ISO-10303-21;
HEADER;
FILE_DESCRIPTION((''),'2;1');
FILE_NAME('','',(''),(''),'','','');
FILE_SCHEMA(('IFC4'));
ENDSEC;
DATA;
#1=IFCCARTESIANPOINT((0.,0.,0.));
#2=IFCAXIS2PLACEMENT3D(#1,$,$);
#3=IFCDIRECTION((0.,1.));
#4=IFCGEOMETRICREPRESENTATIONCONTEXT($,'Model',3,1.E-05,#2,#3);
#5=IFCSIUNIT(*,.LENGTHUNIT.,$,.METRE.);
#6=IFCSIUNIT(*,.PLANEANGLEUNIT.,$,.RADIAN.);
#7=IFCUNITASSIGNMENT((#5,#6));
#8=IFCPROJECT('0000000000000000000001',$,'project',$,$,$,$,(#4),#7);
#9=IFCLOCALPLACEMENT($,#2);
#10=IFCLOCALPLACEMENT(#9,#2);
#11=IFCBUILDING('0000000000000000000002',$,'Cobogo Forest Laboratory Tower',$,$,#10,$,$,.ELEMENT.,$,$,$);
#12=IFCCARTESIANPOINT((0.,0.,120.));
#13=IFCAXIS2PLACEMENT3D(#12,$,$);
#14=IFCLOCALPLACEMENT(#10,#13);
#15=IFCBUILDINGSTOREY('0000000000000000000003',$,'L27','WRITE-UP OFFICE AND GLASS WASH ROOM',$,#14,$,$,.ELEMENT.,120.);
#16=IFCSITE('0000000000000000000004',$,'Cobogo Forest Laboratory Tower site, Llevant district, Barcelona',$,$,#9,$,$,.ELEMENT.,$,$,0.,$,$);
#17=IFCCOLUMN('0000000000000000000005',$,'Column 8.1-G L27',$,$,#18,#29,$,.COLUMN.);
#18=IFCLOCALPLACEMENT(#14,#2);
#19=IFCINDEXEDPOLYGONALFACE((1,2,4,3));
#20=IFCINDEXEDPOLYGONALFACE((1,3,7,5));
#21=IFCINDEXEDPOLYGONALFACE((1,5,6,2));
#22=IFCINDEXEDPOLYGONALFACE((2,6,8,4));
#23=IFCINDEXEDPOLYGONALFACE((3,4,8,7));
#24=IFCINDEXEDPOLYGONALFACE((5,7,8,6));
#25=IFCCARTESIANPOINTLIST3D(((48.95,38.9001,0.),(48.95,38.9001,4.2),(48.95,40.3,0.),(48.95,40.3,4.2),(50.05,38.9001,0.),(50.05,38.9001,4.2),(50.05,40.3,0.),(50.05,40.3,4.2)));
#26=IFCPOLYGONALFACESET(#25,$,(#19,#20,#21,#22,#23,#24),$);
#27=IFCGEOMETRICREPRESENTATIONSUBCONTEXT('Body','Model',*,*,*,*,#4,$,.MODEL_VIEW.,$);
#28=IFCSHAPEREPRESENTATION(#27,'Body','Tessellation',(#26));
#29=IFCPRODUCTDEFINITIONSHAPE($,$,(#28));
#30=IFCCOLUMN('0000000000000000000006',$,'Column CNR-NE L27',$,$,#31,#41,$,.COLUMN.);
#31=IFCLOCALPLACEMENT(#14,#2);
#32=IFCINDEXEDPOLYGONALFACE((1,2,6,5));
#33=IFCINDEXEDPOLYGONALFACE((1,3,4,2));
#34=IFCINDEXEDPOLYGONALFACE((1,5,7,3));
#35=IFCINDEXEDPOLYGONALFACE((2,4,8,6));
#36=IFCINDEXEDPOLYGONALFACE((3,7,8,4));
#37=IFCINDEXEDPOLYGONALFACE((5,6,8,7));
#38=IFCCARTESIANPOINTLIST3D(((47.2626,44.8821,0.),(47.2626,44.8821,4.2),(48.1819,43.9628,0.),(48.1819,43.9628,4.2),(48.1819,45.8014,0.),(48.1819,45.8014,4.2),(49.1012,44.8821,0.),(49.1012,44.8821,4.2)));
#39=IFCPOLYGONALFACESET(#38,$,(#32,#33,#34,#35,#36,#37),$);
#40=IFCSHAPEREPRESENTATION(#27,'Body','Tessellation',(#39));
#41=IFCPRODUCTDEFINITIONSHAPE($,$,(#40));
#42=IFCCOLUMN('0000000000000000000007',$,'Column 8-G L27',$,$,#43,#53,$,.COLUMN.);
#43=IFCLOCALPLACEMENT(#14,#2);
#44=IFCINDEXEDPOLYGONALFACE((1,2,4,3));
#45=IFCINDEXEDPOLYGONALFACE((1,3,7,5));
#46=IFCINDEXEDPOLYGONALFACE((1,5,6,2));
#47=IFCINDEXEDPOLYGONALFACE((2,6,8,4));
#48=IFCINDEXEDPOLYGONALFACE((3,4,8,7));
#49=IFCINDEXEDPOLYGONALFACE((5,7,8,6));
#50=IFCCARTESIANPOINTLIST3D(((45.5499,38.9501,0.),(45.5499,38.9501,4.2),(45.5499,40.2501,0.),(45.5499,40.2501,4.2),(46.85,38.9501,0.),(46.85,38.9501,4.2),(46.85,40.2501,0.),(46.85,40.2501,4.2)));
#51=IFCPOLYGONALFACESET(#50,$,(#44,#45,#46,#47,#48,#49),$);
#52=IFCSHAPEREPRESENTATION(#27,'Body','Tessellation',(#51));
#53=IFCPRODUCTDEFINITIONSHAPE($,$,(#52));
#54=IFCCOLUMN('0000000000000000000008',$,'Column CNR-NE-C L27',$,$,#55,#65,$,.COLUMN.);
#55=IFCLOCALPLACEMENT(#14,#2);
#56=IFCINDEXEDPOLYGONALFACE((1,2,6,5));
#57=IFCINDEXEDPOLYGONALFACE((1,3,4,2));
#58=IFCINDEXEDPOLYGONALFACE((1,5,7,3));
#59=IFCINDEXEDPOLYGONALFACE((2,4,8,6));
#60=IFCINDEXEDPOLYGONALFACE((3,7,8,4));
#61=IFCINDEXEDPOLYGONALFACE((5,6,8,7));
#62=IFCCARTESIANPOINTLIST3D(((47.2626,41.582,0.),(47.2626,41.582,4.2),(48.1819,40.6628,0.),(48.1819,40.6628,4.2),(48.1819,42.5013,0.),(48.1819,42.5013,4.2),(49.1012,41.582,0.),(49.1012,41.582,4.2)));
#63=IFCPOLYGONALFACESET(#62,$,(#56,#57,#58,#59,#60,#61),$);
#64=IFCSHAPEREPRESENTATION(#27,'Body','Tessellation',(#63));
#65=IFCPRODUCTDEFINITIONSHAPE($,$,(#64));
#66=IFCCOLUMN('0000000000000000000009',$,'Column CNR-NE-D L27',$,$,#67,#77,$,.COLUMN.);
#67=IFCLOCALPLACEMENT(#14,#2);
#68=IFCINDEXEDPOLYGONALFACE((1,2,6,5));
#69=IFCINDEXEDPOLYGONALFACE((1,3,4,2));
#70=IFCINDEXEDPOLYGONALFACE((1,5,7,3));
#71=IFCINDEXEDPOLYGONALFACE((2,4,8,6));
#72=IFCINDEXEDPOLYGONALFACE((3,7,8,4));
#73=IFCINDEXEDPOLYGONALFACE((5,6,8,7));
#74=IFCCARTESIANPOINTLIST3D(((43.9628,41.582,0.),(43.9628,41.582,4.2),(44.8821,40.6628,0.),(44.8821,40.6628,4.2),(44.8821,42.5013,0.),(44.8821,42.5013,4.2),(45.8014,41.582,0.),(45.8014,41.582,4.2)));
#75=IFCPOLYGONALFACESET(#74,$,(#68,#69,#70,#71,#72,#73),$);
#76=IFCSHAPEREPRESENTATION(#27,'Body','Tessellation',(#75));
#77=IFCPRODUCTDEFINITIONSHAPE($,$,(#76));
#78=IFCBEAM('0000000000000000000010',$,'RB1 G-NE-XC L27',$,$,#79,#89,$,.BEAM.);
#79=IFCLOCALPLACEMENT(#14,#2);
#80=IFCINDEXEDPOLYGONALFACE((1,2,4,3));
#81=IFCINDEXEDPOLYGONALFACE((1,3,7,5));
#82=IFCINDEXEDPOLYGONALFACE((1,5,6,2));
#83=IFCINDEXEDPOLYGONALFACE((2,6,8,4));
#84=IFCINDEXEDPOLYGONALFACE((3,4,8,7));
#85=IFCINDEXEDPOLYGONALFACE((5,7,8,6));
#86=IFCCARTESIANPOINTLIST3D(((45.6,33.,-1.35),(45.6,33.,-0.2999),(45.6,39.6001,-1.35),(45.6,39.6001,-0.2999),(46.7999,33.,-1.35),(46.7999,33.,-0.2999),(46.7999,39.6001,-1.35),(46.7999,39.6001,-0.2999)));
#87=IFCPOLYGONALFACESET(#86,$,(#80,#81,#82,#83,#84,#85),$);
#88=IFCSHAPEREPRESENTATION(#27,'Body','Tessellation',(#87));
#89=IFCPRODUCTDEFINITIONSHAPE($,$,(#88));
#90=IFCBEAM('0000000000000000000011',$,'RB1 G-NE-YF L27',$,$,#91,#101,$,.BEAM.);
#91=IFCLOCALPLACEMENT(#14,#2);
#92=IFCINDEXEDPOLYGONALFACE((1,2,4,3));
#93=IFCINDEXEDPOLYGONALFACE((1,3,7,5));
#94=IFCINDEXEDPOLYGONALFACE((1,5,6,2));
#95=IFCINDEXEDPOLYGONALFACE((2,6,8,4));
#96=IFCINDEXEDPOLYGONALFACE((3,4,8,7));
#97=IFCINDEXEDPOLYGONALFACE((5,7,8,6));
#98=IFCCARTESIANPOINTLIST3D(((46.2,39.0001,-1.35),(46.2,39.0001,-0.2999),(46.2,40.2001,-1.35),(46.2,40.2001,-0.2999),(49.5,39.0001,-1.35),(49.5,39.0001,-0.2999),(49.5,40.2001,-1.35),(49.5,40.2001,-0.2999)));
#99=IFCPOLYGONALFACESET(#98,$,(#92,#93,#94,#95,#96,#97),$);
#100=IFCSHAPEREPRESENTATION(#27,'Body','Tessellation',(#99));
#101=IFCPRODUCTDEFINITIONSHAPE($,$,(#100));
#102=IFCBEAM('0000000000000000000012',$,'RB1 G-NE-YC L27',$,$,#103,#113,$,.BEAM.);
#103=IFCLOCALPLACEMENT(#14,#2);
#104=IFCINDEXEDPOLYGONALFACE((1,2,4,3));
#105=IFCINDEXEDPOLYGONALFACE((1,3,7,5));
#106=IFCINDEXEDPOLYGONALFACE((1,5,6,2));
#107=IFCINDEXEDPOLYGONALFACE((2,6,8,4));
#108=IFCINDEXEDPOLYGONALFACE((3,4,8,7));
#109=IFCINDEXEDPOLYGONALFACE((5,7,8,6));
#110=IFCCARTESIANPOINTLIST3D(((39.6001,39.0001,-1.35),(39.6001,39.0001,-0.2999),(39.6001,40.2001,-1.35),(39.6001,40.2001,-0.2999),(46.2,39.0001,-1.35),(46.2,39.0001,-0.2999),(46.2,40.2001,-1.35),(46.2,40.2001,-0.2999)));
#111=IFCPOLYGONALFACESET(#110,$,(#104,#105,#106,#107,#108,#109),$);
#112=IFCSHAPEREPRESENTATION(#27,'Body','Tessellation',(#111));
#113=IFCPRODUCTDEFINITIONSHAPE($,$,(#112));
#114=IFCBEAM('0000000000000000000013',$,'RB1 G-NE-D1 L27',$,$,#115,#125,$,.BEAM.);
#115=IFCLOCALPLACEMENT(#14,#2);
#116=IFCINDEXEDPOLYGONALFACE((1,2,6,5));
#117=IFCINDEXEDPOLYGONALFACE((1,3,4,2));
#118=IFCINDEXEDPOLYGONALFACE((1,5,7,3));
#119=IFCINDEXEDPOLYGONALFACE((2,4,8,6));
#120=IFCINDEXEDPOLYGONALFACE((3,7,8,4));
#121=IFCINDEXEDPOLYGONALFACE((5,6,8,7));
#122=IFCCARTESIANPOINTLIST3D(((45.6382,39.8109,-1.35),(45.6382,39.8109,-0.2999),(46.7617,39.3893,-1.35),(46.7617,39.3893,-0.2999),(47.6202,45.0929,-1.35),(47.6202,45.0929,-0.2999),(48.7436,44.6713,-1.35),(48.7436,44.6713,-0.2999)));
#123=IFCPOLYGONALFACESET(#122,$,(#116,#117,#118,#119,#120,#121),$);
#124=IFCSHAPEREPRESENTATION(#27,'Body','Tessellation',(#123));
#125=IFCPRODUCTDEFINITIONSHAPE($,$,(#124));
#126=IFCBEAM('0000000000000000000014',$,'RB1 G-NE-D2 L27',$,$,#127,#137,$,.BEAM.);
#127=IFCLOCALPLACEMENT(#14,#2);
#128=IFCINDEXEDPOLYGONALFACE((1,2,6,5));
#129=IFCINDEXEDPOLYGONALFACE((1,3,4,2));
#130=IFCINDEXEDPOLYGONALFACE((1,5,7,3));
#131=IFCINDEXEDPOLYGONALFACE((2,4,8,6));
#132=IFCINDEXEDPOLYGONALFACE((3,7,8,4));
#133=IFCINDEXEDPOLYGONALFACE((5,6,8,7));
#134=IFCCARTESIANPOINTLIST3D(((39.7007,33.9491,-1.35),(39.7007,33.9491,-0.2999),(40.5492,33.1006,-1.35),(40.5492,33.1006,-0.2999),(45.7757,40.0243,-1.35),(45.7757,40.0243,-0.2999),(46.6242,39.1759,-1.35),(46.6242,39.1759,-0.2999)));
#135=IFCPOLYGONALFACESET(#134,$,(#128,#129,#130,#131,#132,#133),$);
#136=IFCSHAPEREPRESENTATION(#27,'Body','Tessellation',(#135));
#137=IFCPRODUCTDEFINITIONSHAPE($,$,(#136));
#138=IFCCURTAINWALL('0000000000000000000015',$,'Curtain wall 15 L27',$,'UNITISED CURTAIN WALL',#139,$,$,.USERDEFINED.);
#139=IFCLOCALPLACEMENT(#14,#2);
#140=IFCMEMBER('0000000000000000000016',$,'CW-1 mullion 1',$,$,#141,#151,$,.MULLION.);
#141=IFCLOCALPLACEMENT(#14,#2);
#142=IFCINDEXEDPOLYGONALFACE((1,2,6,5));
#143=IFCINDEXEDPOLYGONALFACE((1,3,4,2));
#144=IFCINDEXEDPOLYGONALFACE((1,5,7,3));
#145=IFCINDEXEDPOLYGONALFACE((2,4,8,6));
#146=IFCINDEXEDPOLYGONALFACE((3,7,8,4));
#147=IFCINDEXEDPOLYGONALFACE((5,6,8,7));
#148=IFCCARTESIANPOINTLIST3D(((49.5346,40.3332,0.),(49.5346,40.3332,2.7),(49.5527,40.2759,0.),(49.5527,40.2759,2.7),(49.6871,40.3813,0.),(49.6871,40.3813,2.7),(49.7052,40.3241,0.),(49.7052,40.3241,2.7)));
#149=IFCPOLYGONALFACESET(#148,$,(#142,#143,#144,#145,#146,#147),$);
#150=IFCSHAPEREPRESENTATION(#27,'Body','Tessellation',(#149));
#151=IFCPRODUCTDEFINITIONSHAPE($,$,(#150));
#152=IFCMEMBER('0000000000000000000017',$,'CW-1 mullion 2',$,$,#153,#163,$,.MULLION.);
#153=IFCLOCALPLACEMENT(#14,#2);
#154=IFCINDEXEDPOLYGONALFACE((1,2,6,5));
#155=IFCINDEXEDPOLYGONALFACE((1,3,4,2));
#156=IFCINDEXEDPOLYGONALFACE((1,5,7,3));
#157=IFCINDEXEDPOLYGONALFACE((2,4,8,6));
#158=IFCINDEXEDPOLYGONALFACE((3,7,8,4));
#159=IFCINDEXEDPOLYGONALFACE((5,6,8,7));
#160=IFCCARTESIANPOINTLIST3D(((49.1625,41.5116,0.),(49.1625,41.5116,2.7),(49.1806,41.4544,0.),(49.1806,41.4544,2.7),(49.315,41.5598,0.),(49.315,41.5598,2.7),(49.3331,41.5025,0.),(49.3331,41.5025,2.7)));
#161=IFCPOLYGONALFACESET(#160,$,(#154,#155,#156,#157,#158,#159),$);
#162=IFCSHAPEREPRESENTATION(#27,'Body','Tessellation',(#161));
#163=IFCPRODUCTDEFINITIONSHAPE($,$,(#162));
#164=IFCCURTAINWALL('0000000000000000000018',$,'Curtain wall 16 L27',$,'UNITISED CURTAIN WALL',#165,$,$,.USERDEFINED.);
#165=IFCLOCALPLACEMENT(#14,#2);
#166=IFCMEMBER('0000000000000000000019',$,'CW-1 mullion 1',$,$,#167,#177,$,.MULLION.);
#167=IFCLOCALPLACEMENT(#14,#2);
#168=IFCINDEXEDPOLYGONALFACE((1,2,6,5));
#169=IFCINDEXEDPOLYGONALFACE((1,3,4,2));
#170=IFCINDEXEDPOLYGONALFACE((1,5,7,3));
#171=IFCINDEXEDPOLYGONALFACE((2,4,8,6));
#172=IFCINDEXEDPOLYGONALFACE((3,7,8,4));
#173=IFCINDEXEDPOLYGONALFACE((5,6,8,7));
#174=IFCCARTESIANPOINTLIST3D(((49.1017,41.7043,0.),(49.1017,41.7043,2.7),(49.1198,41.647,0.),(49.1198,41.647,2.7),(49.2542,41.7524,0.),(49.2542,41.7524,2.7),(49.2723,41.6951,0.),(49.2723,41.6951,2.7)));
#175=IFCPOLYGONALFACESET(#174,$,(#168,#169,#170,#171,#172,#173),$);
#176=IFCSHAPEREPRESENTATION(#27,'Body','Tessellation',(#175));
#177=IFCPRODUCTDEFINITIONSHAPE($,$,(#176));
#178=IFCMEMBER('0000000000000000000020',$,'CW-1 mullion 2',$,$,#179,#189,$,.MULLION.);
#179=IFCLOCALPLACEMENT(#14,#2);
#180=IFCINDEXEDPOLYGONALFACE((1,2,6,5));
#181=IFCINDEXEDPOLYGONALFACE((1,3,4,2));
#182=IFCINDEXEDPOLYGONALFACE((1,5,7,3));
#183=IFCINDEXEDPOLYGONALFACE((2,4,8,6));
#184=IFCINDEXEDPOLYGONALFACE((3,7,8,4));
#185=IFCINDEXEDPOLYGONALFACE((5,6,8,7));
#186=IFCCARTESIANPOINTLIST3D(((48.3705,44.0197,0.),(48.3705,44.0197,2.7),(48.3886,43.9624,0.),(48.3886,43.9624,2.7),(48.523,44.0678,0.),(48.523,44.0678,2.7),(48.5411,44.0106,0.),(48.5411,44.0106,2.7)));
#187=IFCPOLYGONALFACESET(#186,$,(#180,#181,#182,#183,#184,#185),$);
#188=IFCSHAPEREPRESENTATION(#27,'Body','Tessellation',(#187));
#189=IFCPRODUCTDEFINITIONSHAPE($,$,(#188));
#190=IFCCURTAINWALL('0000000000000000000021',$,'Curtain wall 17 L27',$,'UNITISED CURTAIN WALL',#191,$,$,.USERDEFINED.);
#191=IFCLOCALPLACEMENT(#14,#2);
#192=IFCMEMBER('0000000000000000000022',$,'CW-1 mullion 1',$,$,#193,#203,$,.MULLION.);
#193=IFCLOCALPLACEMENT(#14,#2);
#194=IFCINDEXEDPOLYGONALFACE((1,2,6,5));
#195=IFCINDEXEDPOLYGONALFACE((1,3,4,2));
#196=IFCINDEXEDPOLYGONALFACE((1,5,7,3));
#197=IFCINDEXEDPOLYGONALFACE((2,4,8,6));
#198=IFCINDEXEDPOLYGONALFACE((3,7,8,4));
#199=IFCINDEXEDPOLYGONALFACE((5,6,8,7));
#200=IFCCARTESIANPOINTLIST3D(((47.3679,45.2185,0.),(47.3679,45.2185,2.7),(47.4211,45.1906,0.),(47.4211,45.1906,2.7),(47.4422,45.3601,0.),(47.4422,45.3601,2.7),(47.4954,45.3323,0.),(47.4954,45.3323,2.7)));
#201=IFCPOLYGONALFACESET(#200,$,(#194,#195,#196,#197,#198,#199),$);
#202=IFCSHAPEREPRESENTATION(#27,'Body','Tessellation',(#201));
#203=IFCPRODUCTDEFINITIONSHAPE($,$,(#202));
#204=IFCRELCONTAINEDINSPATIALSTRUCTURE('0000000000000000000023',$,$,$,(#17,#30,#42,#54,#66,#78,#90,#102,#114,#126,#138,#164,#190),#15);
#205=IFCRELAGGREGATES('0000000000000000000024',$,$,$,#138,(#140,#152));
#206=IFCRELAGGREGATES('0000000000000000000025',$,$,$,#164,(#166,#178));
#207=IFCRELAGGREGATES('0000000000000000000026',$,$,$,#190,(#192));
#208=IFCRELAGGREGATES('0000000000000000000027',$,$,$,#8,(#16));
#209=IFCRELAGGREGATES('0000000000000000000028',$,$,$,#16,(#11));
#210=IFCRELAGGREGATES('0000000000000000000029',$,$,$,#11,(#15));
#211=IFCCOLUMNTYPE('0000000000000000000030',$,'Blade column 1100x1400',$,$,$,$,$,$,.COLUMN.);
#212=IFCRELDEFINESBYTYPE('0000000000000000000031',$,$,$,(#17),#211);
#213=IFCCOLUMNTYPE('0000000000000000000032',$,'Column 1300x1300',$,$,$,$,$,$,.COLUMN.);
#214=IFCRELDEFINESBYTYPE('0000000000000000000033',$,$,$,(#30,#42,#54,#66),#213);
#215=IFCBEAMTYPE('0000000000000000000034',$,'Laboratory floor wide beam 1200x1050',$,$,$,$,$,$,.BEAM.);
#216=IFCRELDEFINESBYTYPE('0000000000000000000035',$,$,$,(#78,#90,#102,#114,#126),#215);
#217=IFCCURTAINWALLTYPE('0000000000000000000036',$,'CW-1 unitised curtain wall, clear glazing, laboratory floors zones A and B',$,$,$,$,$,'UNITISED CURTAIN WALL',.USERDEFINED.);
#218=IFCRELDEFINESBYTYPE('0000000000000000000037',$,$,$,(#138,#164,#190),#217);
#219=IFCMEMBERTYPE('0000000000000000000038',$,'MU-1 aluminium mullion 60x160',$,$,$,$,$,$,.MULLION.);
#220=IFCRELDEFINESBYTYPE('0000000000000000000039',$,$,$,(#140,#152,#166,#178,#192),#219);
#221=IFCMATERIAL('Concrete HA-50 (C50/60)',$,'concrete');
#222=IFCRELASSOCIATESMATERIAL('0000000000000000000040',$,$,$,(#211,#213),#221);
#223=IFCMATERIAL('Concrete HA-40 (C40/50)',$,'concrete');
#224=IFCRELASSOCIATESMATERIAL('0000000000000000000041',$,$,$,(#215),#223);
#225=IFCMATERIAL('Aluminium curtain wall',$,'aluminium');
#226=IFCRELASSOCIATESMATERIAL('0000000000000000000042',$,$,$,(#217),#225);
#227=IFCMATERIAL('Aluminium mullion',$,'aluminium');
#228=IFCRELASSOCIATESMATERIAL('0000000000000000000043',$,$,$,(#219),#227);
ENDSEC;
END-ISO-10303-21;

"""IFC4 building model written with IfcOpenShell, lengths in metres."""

from ifc_helpers import new_model, si_unit, direction, frame, origin, origin_2d, place, context, subcontext, project, spatial, rectangle, extrude, material, material_profile, profile_set, type_object, element, aggregate, save


model = new_model("IFC4")

# Units and contexts
model_context = context("Model", 3, precision=1e-05, world=origin(), true_north=direction((0.0, 1.0)))
body_context = subcontext(model_context, "Body", "Model", "MODEL_VIEW")
ifc_project = project(units=[si_unit("LENGTHUNIT", "METRE"), si_unit("PLANEANGLEUNIT", "RADIAN")], contexts=[model_context])

# Site, building, storey
site_placement = place(None, origin())
site = spatial("IfcSite", under=ifc_project, at=site_placement, Name="Cobogo Forest Laboratory Tower site, Llevant district, Barcelona", CompositionType="ELEMENT", RefElevation=0.0)
building_placement = place(site_placement, origin())
building = spatial("IfcBuilding", under=site, at=building_placement, Name="Cobogo Forest Laboratory Tower", CompositionType="ELEMENT")
storey_placement = place(building_placement, frame((0.0, 0.0, 120.0)))
storey = spatial("IfcBuildingStorey", under=building, at=storey_placement, Name="L27", Description="WRITE-UP OFFICE AND GLASS WASH ROOM", CompositionType="ELEMENT", Elevation=120.0)

# Columns
ifc_material_1 = material(Name="Concrete HA-50 (C50/60)", Category="concrete")
ifc_material_profile_1 = material_profile(ifc_material_1, rectangle(XDim=1.3999, YDim=1.1001, at=origin_2d()), Name="RC 1100x1400")
ifc_profile_set_1 = profile_set([ifc_material_profile_1], Name="Concrete HA-50 (C50/60)")
column_type_1 = type_object("IfcColumnType", Name="Blade column 1100x1400", PredefinedType="COLUMN", material=ifc_profile_set_1)
column_placement = place(storey_placement, frame((49.5, 39.6001, 0.0), z_axis=(0.0, 0.0, 1.0), x_axis=(0.0, 1.0, 0.0)))
element("IfcColumn", 1, at=column_placement, inside=storey, type_object=column_type_1, Name="Column 8.1-G L27", PredefinedType="COLUMN", context=body_context, shape_type="SweptSolid", body=[
    extrude(rectangle(XDim=1.3999, YDim=1.1001, at=origin_2d()), origin(), (0.0, 0.0, 1.0), 4.2),
])
ifc_material_profile_2 = material_profile(ifc_material_1, rectangle(XDim=1.3, YDim=1.3, at=origin_2d()), Name="RC 1300x1300")
ifc_profile_set_2 = profile_set([ifc_material_profile_2], Name="Concrete HA-50 (C50/60)")
column_type_2 = type_object("IfcColumnType", Name="Column 1300x1300", PredefinedType="COLUMN", material=ifc_profile_set_2)
for number, where, z_axis, x_axis, name in (
    (2, (48.1819, 44.8821, 0.0), (0.0, 0.0, 1.0), (0.707107, 0.707107, 0.0), "Column CNR-NE L27"),
    (3, (46.2, 39.6001, 0.0), (0.0, 0.0, 1.0), (1.0, 0.0, 0.0), "Column 8-G L27"),
    (4, (48.1819, 41.582, 0.0), (0.0, 0.0, 1.0), (0.707107, 0.707107, 0.0), "Column CNR-NE-C L27"),
    (5, (44.8821, 41.582, 0.0), (0.0, 0.0, 1.0), (0.707107, 0.707107, 0.0), "Column CNR-NE-D L27"),
):
    element("IfcColumn", number, at=place(storey_placement, frame(where, z_axis=z_axis, x_axis=x_axis)), inside=storey, type_object=column_type_2, Name=name, PredefinedType="COLUMN", context=body_context, shape_type="SweptSolid", body=[
        extrude(rectangle(XDim=1.3, YDim=1.3, at=origin_2d()), origin(), (0.0, 0.0, 1.0), 4.2),
    ])

# Beams
ifc_material_2 = material(Name="Concrete HA-40 (C40/50)", Category="concrete")
ifc_material_profile_3 = material_profile(ifc_material_2, rectangle(XDim=1.2, YDim=1.05, at=origin_2d()), Name="RC 1200x1050")
ifc_profile_set_3 = profile_set([ifc_material_profile_3], Name="Concrete HA-40 (C40/50)")
beam_type_1 = type_object("IfcBeamType", Name="Laboratory floor wide beam 1200x1050", PredefinedType="BEAM", material=ifc_profile_set_3)
beam_1_placement = place(storey_placement, frame((46.2, 39.6001, -0.825), z_axis=(0.0, -1.0, 0.0), x_axis=(1.0, 0.0, 0.0)))
element("IfcBeam", 6, at=beam_1_placement, inside=storey, type_object=beam_type_1, Name="RB1 G-NE-XC L27", PredefinedType="BEAM", context=body_context, shape_type="SweptSolid", body=[
    extrude(rectangle(XDim=1.2, YDim=1.05, at=origin_2d()), origin(), (0.0, 0.0, 1.0), 6.6001),
])
beam_2_placement = place(storey_placement, frame((49.5, 39.6001, -0.825), z_axis=(-1.0, 0.0, 0.0), x_axis=(0.0, -1.0, 0.0)))
element("IfcBeam", 7, at=beam_2_placement, inside=storey, type_object=beam_type_1, Name="RB1 G-NE-YF L27", PredefinedType="BEAM", context=body_context, shape_type="SweptSolid", body=[
    extrude(rectangle(XDim=1.2, YDim=1.05, at=origin_2d()), origin(), (0.0, 0.0, 1.0), 3.3),
])
beam_3_placement = place(storey_placement, frame((46.2, 39.6001, -0.825), z_axis=(-1.0, 0.0, 0.0), x_axis=(0.0, -1.0, 0.0)))
element("IfcBeam", 8, at=beam_3_placement, inside=storey, type_object=beam_type_1, Name="RB1 G-NE-YC L27", PredefinedType="BEAM", context=body_context, shape_type="SweptSolid", body=[
    extrude(rectangle(XDim=1.2, YDim=1.05, at=origin_2d()), origin(), (0.0, 0.0, 1.0), 6.5999),
])
beam_4_placement = place(storey_placement, frame((48.1819, 44.8821, -0.825), z_axis=(-0.351308, -0.93626, 0.0), x_axis=(0.93626, -0.351308, 0.0)))
element("IfcBeam", 9, at=beam_4_placement, inside=storey, type_object=beam_type_1, Name="RB1 G-NE-D1 L27", PredefinedType="BEAM", context=body_context, shape_type="SweptSolid", body=[
    extrude(rectangle(XDim=1.2, YDim=1.05, at=origin_2d()), origin(), (0.0, 0.0, 1.0), 5.6416),
])
beam_5_placement = place(storey_placement, frame((46.2, 39.6001, -0.825), z_axis=(-0.707093, -0.707121, 0.0), x_axis=(0.707121, -0.707093, 0.0)))
element("IfcBeam", 10, at=beam_5_placement, inside=storey, type_object=beam_type_1, Name="RB1 G-NE-D2 L27", PredefinedType="BEAM", context=body_context, shape_type="SweptSolid", body=[
    extrude(rectangle(XDim=1.2, YDim=1.05, at=origin_2d()), origin(), (0.0, 0.0, 1.0), 8.5916),
])

# Curtain walls, members
ifc_material_3 = material(Name="Aluminium curtain wall", Category="aluminium")
curtain_wall_type = type_object("IfcCurtainWallType", Name="CW-1 unitised curtain wall, clear glazing, laboratory floors zones A and B", ElementType="UNITISED CURTAIN WALL", PredefinedType="USERDEFINED", material=ifc_material_3)
curtain_wall_1_placement = place(storey_placement, origin())
curtain_wall_1 = element("IfcCurtainWall", 11, at=curtain_wall_1_placement, inside=storey, type_object=curtain_wall_type, Name="Curtain wall 15 L27", ObjectType="UNITISED CURTAIN WALL", PredefinedType="USERDEFINED")
ifc_material_4 = material(Name="Aluminium mullion", Category="aluminium")
ifc_material_profile_4 = material_profile(ifc_material_4, rectangle(XDim=0.0601, YDim=0.1599, at=origin_2d()), Name="AL 60x160")
ifc_profile_set_4 = profile_set([ifc_material_profile_4], Name="Aluminium mullion")
member_type_1 = type_object("IfcMemberType", Name="MU-1 aluminium mullion 60x160", PredefinedType="MULLION", material=ifc_profile_set_4)
member_1_placement = place(storey_placement, frame((49.6199, 40.3286, 0.0), z_axis=(0.0, 0.0, 1.0), x_axis=(-0.301135, 0.953581, 0.0)))
member_1 = element("IfcMember", 12, at=member_1_placement, type_object=member_type_1, Name="CW-1 mullion 1", PredefinedType="MULLION", context=body_context, shape_type="SweptSolid", body=[
    extrude(rectangle(XDim=0.0601, YDim=0.1599, at=origin_2d()), origin(), (0.0, 0.0, 1.0), 2.7),
])
member_2_placement = place(storey_placement, frame((49.2478, 41.5071, 0.0), z_axis=(0.0, 0.0, 1.0), x_axis=(-0.301135, 0.953581, 0.0)))
member_2 = element("IfcMember", 13, at=member_2_placement, type_object=member_type_1, Name="CW-1 mullion 2", PredefinedType="MULLION", context=body_context, shape_type="SweptSolid", body=[
    extrude(rectangle(XDim=0.0601, YDim=0.1599, at=origin_2d()), origin(), (0.0, 0.0, 1.0), 2.7),
])
curtain_wall_2_placement = place(storey_placement, origin())
curtain_wall_2 = element("IfcCurtainWall", 14, at=curtain_wall_2_placement, inside=storey, type_object=curtain_wall_type, Name="Curtain wall 16 L27", ObjectType="UNITISED CURTAIN WALL", PredefinedType="USERDEFINED")
member_3_placement = place(storey_placement, frame((49.187, 41.6997, 0.0), z_axis=(0.0, 0.0, 1.0), x_axis=(-0.301135, 0.953581, 0.0)))
member_3 = element("IfcMember", 15, at=member_3_placement, type_object=member_type_1, Name="CW-1 mullion 1", PredefinedType="MULLION", context=body_context, shape_type="SweptSolid", body=[
    extrude(rectangle(XDim=0.0601, YDim=0.1599, at=origin_2d()), origin(), (0.0, 0.0, 1.0), 2.7),
])
member_4_placement = place(storey_placement, frame((48.4558, 44.0151, 0.0), z_axis=(0.0, 0.0, 1.0), x_axis=(-0.301135, 0.953581, 0.0)))
member_4 = element("IfcMember", 16, at=member_4_placement, type_object=member_type_1, Name="CW-1 mullion 2", PredefinedType="MULLION", context=body_context, shape_type="SweptSolid", body=[
    extrude(rectangle(XDim=0.0601, YDim=0.1599, at=origin_2d()), origin(), (0.0, 0.0, 1.0), 2.7),
])
curtain_wall_3_placement = place(storey_placement, origin())
curtain_wall_3 = element("IfcCurtainWall", 17, at=curtain_wall_3_placement, inside=storey, type_object=curtain_wall_type, Name="Curtain wall 17 L27", ObjectType="UNITISED CURTAIN WALL", PredefinedType="USERDEFINED")
member_5_placement = place(storey_placement, frame((47.4316, 45.2754, 0.0), z_axis=(0.0, 0.0, 1.0), x_axis=(-0.885687, 0.464284, 0.0)))
member_5 = element("IfcMember", 18, at=member_5_placement, type_object=member_type_1, Name="CW-1 mullion 1", PredefinedType="MULLION", context=body_context, shape_type="SweptSolid", body=[
    extrude(rectangle(XDim=0.0601, YDim=0.1599, at=origin_2d()), origin(), (0.0, 0.0, 1.0), 2.7),
])

aggregate(curtain_wall_1, [member_1, member_2])
aggregate(curtain_wall_2, [member_3, member_4])
aggregate(curtain_wall_3, [member_5])

save(model, "model.ifc")
